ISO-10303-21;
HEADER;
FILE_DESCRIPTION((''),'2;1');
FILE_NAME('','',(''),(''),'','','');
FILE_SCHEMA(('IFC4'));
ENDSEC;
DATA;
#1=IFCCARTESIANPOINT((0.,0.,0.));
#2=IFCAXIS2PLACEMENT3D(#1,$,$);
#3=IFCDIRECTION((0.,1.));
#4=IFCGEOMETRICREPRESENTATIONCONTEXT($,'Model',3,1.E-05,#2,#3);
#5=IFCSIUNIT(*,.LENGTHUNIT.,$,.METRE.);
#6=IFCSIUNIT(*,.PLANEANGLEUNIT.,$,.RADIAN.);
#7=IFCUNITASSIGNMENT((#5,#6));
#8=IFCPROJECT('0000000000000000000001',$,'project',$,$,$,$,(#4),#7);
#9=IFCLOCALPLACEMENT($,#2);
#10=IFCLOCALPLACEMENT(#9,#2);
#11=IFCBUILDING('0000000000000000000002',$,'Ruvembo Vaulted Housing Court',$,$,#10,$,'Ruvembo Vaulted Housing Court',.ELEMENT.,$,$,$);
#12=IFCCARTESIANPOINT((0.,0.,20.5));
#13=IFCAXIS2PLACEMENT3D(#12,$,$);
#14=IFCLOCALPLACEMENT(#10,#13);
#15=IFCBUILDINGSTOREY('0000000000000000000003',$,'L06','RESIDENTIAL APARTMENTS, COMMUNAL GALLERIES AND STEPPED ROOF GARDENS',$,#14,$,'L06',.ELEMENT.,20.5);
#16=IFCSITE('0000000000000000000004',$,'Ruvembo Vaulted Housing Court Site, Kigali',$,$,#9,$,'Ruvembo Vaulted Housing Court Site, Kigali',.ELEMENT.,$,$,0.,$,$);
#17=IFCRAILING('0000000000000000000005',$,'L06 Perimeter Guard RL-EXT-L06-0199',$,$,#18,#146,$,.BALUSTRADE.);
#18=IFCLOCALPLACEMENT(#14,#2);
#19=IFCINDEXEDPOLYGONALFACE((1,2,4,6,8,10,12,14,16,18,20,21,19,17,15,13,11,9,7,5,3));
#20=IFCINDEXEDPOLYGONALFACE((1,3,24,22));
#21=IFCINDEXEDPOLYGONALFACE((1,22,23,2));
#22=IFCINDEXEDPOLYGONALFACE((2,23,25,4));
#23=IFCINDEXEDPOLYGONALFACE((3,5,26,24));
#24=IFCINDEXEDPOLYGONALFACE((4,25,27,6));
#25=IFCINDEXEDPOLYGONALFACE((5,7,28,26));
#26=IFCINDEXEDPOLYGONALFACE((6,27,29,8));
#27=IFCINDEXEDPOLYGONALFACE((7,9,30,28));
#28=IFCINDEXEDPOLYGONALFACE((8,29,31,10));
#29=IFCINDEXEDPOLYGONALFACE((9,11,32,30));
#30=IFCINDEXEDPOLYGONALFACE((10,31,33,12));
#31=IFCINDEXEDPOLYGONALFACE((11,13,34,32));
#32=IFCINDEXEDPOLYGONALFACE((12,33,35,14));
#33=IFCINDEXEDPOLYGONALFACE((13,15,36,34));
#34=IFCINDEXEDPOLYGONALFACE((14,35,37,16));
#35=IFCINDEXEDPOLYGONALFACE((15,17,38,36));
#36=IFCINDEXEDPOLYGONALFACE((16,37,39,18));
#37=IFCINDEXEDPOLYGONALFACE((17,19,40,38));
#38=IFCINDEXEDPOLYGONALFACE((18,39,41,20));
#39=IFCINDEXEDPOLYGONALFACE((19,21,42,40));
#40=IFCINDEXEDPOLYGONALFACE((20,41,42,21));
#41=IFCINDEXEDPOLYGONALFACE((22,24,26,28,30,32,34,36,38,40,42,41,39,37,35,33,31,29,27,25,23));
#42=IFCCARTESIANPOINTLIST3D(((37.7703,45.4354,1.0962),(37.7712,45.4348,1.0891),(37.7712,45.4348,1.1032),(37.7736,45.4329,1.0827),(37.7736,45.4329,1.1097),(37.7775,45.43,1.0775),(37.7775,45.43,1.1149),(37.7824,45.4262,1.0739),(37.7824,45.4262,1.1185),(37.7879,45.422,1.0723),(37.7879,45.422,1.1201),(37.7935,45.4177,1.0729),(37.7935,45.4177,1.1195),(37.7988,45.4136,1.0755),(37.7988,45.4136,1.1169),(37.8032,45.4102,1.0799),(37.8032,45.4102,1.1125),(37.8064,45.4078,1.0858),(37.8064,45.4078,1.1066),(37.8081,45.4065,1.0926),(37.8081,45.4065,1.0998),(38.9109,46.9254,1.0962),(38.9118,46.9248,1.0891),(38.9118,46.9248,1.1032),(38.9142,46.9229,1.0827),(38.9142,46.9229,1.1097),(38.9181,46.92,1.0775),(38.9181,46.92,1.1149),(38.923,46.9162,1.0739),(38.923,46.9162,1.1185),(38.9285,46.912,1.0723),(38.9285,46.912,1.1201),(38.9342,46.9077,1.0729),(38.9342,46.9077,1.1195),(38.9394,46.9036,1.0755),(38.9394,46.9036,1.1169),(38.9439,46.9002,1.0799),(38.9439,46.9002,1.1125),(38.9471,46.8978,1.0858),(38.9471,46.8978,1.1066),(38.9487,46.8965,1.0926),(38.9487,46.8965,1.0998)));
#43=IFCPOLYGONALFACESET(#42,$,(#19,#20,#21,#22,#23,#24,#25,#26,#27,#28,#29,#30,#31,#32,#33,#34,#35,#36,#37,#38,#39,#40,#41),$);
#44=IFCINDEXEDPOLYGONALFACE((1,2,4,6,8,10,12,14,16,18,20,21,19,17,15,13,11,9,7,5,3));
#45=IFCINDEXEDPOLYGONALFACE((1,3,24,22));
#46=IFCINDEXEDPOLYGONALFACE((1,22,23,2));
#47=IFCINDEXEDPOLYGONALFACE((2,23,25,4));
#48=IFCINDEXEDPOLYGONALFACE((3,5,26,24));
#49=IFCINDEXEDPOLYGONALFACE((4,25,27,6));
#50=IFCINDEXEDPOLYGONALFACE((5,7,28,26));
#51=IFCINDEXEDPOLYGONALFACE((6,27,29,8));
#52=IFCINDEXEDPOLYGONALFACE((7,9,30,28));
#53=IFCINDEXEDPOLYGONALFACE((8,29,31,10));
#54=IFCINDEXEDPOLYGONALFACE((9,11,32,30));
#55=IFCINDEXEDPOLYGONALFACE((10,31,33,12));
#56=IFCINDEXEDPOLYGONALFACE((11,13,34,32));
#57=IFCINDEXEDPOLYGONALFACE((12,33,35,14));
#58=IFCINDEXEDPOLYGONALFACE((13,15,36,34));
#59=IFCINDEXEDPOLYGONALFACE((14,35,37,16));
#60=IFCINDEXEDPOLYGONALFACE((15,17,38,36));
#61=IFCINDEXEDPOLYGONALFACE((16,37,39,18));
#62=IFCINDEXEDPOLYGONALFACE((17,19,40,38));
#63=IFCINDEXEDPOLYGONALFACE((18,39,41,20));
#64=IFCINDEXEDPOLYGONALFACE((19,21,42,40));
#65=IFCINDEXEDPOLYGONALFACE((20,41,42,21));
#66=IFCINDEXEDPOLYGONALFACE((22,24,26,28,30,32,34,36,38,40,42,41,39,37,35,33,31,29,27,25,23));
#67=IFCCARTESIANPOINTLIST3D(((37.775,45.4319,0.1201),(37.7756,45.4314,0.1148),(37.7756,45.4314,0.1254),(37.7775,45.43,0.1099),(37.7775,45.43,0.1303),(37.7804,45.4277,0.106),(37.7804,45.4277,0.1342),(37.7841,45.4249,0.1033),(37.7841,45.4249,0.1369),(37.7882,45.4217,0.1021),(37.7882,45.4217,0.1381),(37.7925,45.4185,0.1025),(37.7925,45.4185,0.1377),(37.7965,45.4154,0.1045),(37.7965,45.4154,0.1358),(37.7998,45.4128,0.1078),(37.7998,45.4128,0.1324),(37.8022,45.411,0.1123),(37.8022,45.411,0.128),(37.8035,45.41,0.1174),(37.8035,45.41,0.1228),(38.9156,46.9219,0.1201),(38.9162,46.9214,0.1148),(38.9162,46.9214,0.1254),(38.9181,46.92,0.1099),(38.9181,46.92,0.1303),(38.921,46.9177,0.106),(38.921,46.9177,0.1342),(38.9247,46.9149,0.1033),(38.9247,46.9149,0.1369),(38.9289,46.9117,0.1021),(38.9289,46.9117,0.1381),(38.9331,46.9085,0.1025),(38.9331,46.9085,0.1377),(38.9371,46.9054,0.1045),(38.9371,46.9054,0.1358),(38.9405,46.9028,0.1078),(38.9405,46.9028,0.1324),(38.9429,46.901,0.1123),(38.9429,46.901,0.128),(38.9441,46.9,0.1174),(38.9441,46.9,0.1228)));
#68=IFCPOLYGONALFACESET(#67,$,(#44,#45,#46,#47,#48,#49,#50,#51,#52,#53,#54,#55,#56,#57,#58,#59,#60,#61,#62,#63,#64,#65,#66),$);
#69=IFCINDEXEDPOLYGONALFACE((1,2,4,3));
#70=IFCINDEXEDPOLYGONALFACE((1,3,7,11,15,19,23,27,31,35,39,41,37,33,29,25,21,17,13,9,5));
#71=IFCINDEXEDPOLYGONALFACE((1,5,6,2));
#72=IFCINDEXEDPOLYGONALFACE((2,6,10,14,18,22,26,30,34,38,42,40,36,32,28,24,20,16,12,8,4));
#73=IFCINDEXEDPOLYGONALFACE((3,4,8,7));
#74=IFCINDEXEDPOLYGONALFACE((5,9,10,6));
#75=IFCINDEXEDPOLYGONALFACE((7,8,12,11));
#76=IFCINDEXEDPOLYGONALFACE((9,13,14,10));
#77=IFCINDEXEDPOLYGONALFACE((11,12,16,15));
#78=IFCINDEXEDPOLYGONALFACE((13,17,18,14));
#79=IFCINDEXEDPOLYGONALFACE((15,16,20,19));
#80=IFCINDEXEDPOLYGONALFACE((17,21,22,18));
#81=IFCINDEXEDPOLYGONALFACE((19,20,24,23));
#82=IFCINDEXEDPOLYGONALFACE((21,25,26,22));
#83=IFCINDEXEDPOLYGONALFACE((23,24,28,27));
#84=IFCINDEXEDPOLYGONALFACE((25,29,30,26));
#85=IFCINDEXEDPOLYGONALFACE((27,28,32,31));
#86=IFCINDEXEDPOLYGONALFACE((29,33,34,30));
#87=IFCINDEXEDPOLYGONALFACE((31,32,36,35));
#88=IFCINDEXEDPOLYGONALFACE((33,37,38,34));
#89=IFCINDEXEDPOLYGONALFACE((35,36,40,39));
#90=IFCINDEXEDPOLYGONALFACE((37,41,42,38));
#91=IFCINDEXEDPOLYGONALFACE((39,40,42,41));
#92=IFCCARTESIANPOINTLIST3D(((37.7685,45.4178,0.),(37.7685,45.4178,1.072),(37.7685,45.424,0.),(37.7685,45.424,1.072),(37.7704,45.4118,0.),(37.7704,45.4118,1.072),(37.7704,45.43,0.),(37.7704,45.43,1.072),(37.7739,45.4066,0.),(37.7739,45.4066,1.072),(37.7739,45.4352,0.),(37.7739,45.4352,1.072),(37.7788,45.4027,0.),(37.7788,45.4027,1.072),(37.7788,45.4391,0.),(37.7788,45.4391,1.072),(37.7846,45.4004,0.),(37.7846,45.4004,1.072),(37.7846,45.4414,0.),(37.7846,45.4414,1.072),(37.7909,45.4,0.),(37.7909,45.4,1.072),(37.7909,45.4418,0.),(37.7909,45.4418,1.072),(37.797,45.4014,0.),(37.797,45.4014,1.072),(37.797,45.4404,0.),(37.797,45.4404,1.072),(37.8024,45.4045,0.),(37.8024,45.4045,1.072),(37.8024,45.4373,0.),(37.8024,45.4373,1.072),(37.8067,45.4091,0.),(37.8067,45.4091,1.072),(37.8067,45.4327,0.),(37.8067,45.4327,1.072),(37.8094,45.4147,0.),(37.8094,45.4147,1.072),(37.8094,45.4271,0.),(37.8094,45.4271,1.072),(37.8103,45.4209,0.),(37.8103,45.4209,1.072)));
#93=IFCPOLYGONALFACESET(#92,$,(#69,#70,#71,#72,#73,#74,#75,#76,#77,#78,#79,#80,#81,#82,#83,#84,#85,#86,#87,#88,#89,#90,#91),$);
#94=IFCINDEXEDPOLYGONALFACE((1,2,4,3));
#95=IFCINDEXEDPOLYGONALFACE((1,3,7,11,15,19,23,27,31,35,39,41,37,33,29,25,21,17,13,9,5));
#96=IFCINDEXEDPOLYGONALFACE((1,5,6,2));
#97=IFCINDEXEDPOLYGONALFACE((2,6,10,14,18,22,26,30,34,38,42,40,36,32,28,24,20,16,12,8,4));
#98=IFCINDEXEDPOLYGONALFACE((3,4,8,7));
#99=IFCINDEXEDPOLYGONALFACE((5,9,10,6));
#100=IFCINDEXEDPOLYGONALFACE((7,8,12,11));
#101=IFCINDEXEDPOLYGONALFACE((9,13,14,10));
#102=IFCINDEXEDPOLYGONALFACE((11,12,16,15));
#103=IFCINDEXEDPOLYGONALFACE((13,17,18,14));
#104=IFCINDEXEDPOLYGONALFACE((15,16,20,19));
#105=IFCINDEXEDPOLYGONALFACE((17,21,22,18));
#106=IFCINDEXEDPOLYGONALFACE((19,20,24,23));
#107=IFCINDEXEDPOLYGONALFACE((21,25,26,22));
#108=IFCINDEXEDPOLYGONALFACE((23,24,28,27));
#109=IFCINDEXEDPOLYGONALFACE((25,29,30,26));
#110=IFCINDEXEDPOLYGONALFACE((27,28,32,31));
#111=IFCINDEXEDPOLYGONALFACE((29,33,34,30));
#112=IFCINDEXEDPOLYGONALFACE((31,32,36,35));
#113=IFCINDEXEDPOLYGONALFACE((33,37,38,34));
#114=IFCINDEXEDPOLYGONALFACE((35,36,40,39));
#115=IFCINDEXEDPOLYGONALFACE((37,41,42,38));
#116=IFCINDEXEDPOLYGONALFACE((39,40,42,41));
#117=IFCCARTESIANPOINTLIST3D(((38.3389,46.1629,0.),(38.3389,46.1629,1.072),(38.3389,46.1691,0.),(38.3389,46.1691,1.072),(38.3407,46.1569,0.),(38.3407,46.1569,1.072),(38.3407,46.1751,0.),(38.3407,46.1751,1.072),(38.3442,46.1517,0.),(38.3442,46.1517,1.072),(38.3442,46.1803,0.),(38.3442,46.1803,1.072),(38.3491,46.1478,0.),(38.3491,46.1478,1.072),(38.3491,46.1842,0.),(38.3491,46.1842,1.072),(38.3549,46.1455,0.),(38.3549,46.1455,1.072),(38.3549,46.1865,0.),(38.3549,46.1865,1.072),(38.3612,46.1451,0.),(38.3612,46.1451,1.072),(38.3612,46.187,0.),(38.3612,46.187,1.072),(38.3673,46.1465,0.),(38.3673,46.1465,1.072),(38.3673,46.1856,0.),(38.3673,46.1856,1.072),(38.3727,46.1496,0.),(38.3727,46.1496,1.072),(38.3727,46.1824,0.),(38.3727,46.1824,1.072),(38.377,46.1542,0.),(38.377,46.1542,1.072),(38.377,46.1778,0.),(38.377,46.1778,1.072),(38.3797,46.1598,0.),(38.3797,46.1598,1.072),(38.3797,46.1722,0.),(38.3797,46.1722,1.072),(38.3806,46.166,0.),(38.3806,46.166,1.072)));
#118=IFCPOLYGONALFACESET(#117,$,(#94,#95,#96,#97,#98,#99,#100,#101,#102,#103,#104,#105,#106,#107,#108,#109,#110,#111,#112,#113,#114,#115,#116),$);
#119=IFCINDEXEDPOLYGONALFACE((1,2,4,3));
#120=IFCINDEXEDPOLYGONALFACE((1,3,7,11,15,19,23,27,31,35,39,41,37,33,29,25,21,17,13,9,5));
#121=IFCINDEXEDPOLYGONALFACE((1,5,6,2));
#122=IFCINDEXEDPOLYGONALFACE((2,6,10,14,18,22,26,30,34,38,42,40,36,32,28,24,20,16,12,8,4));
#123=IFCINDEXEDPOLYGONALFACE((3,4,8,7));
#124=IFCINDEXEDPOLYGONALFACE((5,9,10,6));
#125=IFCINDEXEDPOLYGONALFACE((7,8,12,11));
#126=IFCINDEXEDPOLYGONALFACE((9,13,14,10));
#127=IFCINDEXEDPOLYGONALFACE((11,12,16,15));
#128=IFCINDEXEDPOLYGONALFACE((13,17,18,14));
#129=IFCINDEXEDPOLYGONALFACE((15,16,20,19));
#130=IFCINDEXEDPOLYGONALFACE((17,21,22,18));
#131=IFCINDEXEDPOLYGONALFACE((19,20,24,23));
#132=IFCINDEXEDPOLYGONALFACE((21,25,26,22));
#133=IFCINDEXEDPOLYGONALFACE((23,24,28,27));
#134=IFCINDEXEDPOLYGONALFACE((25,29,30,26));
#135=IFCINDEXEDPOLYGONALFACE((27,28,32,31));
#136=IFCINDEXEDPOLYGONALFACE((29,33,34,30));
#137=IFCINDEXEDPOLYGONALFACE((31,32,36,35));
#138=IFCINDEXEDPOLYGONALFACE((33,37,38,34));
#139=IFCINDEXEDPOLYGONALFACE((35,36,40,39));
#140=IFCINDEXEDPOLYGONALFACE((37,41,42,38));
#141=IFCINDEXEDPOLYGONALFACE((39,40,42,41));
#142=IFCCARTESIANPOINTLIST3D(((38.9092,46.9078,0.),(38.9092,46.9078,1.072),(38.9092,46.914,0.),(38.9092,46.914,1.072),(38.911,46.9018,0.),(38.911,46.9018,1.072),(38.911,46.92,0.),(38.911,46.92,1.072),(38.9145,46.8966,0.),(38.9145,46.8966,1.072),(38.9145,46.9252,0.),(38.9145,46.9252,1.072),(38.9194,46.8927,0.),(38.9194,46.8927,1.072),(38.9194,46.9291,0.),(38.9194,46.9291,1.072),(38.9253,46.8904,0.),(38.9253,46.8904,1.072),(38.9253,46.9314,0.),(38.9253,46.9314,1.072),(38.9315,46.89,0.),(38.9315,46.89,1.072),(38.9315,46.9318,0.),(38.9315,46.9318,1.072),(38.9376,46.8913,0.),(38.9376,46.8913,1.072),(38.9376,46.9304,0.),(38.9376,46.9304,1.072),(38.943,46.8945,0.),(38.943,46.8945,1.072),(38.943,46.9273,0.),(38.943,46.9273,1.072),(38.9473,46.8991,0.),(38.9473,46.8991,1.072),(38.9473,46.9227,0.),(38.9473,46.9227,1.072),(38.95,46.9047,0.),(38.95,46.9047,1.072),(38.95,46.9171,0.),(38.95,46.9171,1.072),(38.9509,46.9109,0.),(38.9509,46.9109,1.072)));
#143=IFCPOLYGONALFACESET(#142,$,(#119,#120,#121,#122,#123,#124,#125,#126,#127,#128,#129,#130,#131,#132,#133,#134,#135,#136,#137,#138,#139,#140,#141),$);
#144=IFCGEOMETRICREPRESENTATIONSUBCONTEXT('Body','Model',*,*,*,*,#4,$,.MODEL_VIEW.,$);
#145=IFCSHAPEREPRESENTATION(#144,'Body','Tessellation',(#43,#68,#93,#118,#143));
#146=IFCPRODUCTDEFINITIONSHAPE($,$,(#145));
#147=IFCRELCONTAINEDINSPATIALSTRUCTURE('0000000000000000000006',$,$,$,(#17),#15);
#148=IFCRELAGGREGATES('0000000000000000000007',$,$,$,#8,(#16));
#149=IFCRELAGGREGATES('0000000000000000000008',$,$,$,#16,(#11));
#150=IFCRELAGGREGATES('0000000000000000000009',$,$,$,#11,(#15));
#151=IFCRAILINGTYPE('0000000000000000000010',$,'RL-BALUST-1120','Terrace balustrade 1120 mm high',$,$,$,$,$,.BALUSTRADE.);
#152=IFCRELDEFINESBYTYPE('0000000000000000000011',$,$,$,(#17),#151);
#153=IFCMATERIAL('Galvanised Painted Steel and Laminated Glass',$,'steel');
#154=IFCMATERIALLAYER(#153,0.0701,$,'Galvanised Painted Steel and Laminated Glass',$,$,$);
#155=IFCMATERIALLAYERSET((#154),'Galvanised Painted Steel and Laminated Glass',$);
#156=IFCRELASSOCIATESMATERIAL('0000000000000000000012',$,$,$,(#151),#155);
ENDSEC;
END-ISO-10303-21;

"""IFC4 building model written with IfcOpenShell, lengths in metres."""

from ifc_helpers import new_model, si_unit, direction, frame, origin, origin_2d, place, context, subcontext, project, spatial, circle, extrude, material, layer, layer_set, type_object, element, save


model = new_model("IFC4")

# Units and contexts
model_context = context("Model", 3, precision=1e-05, world=origin(), true_north=direction((0.0, 1.0)))
body_context = subcontext(model_context, "Body", "Model", "MODEL_VIEW")
ifc_project = project(units=[si_unit("LENGTHUNIT", "METRE"), si_unit("PLANEANGLEUNIT", "RADIAN")], contexts=[model_context])

# Site, building, storey
site_placement = place(None, origin())
site = spatial("IfcSite", under=ifc_project, at=site_placement, Name="Ruvembo Vaulted Housing Court Site, Kigali", LongName="Ruvembo Vaulted Housing Court Site, Kigali", CompositionType="ELEMENT", RefElevation=0.0)
building_placement = place(site_placement, origin())
building = spatial("IfcBuilding", under=site, at=building_placement, Name="Ruvembo Vaulted Housing Court", LongName="Ruvembo Vaulted Housing Court", CompositionType="ELEMENT")
storey_placement = place(building_placement, frame((0.0, 0.0, 20.5)))
storey = spatial("IfcBuildingStorey", under=building, at=storey_placement, Name="L06", Description="RESIDENTIAL APARTMENTS, COMMUNAL GALLERIES AND STEPPED ROOF GARDENS", LongName="L06", CompositionType="ELEMENT", Elevation=20.5)

# Railing
ifc_material_1 = material(Name="Galvanised Painted Steel and Laminated Glass", Category="steel")
ifc_layer_1 = layer(ifc_material_1, 0.0701, Name="Galvanised Painted Steel and Laminated Glass")
ifc_layer_set_1 = layer_set([ifc_layer_1], Name="Galvanised Painted Steel and Laminated Glass")
railing_type = type_object("IfcRailingType", Name="RL-BALUST-1120", Description="Terrace balustrade 1120 mm high", PredefinedType="BALUSTRADE", material=ifc_layer_set_1)
railing_1_placement = place(storey_placement, frame((37.7893, 45.4209, 0.0)))
element("IfcRailing", 1, at=railing_1_placement, inside=storey, type_object=railing_type, Name="L06 Perimeter Guard RL-EXT-L06-0199", PredefinedType="BALUSTRADE", context=body_context, shape_type="SweptSolid", body=[
    extrude(circle(Radius=0.0239, at=origin_2d()), frame((0.0, 0.0, 1.0962), z_axis=(0.607861, 0.794044, 0.0), x_axis=(-0.794044, 0.607861, 0.0)), (0.0, 0.0, 1.0), 1.8765),
    extrude(circle(Radius=0.0181, at=origin_2d()), frame((0.0, 0.0, 0.1201), z_axis=(0.607861, 0.794044, 0.0), x_axis=(-0.794044, 0.607861, 0.0)), (0.0, 0.0, 1.0), 1.8765),
    extrude(circle(Radius=0.021, at=origin_2d()), origin(), (0.0, 0.0, 1.0), 1.072),
    extrude(circle(Radius=0.021, at=origin_2d()), frame((0.5703, 0.7451, 0.0)), (0.0, 0.0, 1.0), 1.072),
    extrude(circle(Radius=0.021, at=origin_2d()), frame((1.1406, 1.49, 0.0)), (0.0, 0.0, 1.0), 1.072),
])

save(model, "model.ifc")
